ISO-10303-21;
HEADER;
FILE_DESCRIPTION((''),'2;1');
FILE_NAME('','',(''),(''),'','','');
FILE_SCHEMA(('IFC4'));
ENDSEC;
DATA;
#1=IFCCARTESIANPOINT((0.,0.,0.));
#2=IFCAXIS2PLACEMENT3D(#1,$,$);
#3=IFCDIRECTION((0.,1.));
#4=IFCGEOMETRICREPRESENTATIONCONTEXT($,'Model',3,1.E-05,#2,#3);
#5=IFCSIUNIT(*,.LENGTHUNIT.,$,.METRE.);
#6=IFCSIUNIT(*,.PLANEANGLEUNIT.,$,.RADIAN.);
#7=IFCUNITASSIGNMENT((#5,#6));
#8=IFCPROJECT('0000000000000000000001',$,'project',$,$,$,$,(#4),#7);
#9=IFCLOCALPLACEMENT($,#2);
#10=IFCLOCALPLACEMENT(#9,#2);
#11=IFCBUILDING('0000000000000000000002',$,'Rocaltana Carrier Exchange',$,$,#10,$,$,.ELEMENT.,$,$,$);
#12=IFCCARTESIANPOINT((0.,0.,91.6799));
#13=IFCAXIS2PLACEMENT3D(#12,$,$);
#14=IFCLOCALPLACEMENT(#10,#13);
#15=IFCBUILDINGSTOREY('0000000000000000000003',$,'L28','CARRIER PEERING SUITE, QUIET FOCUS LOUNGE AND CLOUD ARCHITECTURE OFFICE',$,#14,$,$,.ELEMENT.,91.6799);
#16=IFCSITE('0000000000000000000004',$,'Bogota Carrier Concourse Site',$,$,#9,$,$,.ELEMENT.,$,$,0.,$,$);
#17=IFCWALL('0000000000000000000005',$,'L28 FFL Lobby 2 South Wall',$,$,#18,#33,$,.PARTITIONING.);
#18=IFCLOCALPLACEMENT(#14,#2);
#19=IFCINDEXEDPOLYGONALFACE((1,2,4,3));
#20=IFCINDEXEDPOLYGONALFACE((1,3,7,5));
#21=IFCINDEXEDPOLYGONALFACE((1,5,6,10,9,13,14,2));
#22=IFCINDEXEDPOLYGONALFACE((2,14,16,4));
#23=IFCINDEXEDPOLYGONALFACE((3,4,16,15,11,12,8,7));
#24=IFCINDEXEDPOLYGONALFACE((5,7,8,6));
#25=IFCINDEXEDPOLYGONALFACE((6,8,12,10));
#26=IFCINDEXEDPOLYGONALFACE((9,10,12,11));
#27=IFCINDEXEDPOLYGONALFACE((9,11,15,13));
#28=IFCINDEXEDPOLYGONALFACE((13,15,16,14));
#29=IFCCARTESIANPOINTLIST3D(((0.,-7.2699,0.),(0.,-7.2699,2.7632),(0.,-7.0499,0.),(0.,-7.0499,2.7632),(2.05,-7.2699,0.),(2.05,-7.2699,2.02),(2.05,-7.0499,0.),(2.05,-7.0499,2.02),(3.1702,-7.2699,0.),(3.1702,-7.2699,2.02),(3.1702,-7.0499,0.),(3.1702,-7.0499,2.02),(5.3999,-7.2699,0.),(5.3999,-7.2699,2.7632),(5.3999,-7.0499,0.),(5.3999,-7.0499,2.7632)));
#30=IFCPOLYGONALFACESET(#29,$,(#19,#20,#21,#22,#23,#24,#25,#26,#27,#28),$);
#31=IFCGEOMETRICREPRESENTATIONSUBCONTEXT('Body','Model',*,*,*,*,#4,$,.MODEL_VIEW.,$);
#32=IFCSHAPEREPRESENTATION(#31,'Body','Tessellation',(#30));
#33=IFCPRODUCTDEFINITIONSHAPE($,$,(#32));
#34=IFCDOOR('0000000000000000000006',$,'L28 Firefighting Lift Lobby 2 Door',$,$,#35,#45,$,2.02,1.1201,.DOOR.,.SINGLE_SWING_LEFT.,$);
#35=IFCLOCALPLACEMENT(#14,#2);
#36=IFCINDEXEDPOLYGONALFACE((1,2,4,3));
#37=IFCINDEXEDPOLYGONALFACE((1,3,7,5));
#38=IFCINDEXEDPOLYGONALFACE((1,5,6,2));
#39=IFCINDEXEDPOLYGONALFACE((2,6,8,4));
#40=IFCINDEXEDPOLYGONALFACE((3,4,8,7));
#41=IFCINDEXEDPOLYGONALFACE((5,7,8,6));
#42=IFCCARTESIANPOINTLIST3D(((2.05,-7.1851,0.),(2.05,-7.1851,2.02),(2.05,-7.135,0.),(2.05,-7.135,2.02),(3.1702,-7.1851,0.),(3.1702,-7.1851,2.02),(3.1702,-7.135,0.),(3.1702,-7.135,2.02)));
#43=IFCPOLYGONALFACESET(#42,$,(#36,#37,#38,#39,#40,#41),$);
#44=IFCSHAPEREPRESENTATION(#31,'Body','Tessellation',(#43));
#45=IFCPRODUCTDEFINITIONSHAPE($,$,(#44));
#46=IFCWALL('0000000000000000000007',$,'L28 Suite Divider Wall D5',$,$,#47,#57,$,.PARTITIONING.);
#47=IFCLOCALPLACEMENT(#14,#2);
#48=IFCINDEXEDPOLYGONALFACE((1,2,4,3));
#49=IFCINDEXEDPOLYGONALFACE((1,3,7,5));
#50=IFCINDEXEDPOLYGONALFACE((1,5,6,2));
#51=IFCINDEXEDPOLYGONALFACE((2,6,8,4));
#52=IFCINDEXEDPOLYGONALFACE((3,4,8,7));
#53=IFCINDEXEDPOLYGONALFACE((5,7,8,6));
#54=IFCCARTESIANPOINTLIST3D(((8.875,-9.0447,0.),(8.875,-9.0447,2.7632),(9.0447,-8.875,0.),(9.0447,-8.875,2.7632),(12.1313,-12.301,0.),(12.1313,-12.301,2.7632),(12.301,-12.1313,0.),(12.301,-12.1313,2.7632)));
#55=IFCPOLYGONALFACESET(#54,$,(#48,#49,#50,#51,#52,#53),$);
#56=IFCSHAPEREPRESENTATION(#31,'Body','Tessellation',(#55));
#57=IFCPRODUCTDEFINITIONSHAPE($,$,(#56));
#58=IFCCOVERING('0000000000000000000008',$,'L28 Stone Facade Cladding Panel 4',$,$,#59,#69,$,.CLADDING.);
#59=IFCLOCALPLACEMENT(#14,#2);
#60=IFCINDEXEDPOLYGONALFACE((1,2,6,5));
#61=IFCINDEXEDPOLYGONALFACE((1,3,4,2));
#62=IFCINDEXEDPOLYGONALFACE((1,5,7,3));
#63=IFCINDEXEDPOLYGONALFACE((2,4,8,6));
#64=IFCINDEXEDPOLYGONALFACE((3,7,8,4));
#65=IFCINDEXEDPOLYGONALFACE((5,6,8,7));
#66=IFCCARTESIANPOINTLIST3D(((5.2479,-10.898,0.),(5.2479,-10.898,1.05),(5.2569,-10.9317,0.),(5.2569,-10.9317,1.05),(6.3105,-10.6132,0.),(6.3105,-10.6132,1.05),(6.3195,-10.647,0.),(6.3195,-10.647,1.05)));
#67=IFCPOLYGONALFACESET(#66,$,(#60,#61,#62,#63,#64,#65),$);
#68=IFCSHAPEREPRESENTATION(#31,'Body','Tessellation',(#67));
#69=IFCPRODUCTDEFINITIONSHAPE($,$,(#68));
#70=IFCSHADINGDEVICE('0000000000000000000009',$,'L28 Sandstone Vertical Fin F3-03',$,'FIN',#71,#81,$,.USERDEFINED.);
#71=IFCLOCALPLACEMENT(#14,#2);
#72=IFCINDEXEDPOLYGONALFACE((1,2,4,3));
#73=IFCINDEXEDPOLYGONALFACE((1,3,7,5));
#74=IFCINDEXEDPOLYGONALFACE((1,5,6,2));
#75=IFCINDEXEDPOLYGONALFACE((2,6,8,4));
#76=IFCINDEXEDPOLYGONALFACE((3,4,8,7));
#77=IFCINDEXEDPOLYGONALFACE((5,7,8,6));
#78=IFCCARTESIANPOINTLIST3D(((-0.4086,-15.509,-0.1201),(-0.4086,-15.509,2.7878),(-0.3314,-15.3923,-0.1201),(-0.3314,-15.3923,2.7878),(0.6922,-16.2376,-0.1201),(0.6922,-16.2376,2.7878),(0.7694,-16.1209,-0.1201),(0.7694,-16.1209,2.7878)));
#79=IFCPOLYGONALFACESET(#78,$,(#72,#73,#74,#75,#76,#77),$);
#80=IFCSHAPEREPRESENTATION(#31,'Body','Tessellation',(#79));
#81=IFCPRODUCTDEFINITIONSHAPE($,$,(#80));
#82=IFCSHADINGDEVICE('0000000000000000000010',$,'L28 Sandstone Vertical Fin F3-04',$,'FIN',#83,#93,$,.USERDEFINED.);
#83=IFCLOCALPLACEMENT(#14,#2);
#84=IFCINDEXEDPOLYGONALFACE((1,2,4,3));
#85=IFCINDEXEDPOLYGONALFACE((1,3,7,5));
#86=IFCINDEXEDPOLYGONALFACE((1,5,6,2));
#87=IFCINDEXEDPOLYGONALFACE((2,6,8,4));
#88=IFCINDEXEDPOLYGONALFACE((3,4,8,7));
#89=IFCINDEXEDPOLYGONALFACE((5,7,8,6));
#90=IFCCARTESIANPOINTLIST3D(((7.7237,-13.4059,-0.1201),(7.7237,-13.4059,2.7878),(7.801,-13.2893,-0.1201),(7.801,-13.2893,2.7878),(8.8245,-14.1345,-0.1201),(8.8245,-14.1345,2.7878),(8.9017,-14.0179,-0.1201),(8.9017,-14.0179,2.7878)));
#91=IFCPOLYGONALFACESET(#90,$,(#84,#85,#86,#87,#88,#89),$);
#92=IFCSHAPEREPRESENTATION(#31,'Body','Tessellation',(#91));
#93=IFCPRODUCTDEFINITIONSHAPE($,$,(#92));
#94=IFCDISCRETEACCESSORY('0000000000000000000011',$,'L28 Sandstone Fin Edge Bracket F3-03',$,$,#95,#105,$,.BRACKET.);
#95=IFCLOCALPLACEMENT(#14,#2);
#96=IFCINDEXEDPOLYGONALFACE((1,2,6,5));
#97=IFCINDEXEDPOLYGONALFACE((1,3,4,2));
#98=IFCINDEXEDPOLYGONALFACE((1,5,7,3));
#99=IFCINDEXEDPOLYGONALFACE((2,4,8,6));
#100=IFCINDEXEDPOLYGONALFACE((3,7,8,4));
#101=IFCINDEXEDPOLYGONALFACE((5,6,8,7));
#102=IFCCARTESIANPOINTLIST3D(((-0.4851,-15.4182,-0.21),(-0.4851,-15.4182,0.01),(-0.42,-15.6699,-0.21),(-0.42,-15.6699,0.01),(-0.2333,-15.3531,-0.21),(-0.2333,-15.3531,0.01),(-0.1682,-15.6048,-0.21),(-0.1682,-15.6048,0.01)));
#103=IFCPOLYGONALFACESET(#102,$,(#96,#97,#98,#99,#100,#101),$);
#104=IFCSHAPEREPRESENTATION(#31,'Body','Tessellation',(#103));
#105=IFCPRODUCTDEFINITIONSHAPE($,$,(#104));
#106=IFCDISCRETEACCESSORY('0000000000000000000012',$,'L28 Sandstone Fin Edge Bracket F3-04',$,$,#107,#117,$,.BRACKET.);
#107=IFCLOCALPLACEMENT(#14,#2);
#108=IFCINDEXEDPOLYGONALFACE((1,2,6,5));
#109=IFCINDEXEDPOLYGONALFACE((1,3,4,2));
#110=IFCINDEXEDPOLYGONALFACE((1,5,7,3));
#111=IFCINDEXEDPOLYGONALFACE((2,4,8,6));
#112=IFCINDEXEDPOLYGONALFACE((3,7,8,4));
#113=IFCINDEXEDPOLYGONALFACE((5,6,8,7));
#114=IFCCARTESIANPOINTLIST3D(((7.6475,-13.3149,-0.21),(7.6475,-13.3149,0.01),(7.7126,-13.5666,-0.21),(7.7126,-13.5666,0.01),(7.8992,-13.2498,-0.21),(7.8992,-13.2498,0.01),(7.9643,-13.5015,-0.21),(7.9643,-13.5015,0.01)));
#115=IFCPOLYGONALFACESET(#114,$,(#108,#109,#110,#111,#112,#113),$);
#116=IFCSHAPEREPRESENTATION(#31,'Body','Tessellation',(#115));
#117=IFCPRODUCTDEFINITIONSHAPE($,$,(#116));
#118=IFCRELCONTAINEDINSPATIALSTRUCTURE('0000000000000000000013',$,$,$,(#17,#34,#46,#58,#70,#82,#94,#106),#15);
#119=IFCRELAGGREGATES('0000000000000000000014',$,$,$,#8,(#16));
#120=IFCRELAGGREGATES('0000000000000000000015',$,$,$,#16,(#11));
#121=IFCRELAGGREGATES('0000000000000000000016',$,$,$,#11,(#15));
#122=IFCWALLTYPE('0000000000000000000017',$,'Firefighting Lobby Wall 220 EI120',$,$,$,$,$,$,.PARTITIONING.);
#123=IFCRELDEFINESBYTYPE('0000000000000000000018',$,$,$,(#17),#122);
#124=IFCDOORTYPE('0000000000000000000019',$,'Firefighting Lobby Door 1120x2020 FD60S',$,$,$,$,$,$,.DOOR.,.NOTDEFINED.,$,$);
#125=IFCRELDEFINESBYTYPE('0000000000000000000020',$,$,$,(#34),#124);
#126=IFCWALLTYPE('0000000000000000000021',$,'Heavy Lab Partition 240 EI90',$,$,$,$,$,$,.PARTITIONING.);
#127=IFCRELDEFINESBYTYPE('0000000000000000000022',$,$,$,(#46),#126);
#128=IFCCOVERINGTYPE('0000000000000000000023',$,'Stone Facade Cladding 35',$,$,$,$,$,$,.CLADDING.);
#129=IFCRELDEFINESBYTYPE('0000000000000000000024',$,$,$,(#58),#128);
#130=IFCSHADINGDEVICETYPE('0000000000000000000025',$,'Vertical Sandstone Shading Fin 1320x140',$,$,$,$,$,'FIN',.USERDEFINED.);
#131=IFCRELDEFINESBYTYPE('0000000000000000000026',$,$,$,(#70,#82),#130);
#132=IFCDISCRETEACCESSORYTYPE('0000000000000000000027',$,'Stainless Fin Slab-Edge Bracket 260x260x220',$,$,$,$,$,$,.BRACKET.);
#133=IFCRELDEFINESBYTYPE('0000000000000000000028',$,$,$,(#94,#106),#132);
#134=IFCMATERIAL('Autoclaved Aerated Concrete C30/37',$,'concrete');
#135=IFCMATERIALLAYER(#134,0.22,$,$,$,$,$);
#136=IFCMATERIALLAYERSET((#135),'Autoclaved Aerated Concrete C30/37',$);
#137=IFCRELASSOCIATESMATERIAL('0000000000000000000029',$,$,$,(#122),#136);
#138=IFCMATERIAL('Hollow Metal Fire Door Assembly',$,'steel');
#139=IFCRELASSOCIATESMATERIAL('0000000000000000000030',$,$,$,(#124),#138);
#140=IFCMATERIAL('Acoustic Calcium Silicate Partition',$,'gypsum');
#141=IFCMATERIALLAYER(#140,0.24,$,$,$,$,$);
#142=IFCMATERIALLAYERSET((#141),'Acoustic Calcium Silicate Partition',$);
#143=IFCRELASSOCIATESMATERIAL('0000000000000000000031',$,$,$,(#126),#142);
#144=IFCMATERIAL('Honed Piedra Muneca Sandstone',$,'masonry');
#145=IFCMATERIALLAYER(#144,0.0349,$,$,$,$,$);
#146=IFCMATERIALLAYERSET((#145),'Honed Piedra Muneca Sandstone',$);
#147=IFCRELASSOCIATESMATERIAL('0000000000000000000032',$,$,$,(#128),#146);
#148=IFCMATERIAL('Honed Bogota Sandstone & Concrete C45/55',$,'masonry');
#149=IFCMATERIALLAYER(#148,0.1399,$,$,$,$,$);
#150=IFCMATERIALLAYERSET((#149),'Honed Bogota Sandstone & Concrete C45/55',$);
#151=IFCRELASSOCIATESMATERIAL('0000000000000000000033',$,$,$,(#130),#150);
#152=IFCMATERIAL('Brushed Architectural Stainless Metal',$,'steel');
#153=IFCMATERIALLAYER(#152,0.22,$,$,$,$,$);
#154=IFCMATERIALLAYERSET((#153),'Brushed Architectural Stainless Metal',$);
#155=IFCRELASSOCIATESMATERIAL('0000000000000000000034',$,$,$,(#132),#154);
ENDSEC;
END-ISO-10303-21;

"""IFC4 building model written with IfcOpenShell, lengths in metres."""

from ifc_helpers import new_model, si_unit, direction, frame, frame_2d, origin, origin_2d, place, context, subcontext, project, spatial, rectangle, extrude, material, layer, layer_set, type_object, element, fill, save


model = new_model("IFC4")

# Units and contexts
model_context = context("Model", 3, precision=1e-05, world=origin(), true_north=direction((0.0, 1.0)))
body_context = subcontext(model_context, "Body", "Model", "MODEL_VIEW")
ifc_project = project(units=[si_unit("LENGTHUNIT", "METRE"), si_unit("PLANEANGLEUNIT", "RADIAN")], contexts=[model_context])

# Site, building, storey
site_placement = place(None, origin())
site = spatial("IfcSite", under=ifc_project, at=site_placement, Name="Bogota Carrier Concourse Site", CompositionType="ELEMENT", RefElevation=0.0)
building_placement = place(site_placement, origin())
building = spatial("IfcBuilding", under=site, at=building_placement, Name="Rocaltana Carrier Exchange", CompositionType="ELEMENT")
storey_placement = place(building_placement, frame((0.0, 0.0, 91.6799)))
storey = spatial("IfcBuildingStorey", under=building, at=storey_placement, Name="L28", Description="CARRIER PEERING SUITE, QUIET FOCUS LOUNGE AND CLOUD ARCHITECTURE OFFICE", CompositionType="ELEMENT", Elevation=91.6799)

# Shared definitions
ifc_material_1 = material(Name="Autoclaved Aerated Concrete C30/37", Category="concrete")
ifc_layer_1 = layer(ifc_material_1, 0.22)
ifc_layer_set_1 = layer_set([ifc_layer_1], Name="Autoclaved Aerated Concrete C30/37")
wall_type_1 = type_object("IfcWallType", Name="Firefighting Lobby Wall 220 EI120", PredefinedType="PARTITIONING", material=ifc_layer_set_1)

# Wall, opening, door
wall_1_placement = place(storey_placement, frame((0.0, -7.1599, 0.0), z_axis=(0.0, 0.0, 1.0), x_axis=(1.0, 0.0, 0.0)))
wall_1 = element("IfcWall", 1, at=wall_1_placement, inside=storey, type_object=wall_type_1, Name="L28 FFL Lobby 2 South Wall", PredefinedType="PARTITIONING", context=body_context, shape_type="SweptSolid", body=[
    extrude(rectangle(XDim=5.3999, YDim=0.22, at=frame_2d((2.7, 0.0))), origin(), (0.0, 0.0, 1.0), 2.7632),
])
opening_1_placement = place(wall_1_placement, frame((2.05, 0.0, 0.0)))
opening_1 = element("IfcOpeningElement", 2, at=opening_1_placement, cuts=wall_1, PredefinedType="OPENING", context=body_context, shape_type="SweptSolid", body=[
    extrude(rectangle(XDim=1.1201, YDim=2.02, at=frame_2d((0.5601, 1.01))), frame((0.0, 0.1199, 0.0), z_axis=(0.0, -1.0, 0.0), x_axis=(1.0, 0.0, 0.0)), (0.0, 0.0, 1.0), 0.24),
])
ifc_material_2 = material(Name="Hollow Metal Fire Door Assembly", Category="steel")
door_type_1 = type_object("IfcDoorType", Name="Firefighting Lobby Door 1120x2020 FD60S", OperationType="NOTDEFINED", PredefinedType="DOOR", material=ifc_material_2)
door_1_placement = place(opening_1_placement, origin())
door_1 = element("IfcDoor", 3, at=door_1_placement, inside=storey, type_object=door_type_1, Name="L28 Firefighting Lift Lobby 2 Door", OperationType="SINGLE_SWING_LEFT", OverallHeight=2.02, OverallWidth=1.1201, PredefinedType="DOOR", context=body_context, shape_type="SweptSolid", body=[
    extrude(rectangle(XDim=1.1201, YDim=2.02, at=frame_2d((0.5601, 1.01))), frame((0.0, 0.0249, 0.0), z_axis=(0.0, -1.0, 0.0), x_axis=(1.0, 0.0, 0.0)), (0.0, 0.0, 1.0), 0.05),
])
fill(opening_1, door_1)

# Wall
ifc_material_3 = material(Name="Acoustic Calcium Silicate Partition", Category="gypsum")
ifc_layer_2 = layer(ifc_material_3, 0.24)
ifc_layer_set_2 = layer_set([ifc_layer_2], Name="Acoustic Calcium Silicate Partition")
wall_type_2 = type_object("IfcWallType", Name="Heavy Lab Partition 240 EI90", PredefinedType="PARTITIONING", material=ifc_layer_set_2)
wall_2_placement = place(storey_placement, frame((8.9597, -8.9597, 0.0), z_axis=(0.0, 0.0, 1.0), x_axis=(0.707107, -0.707107, 0.0)))
element("IfcWall", 4, at=wall_2_placement, inside=storey, type_object=wall_type_2, Name="L28 Suite Divider Wall D5", PredefinedType="PARTITIONING", context=body_context, shape_type="SweptSolid", body=[
    extrude(rectangle(XDim=4.6052, YDim=0.24, at=frame_2d((2.3027, 0.0))), origin(), (0.0, 0.0, 1.0), 2.7632),
])

# Covering
ifc_material_4 = material(Name="Honed Piedra Muneca Sandstone", Category="masonry")
ifc_layer_3 = layer(ifc_material_4, 0.0349)
ifc_layer_set_3 = layer_set([ifc_layer_3], Name="Honed Piedra Muneca Sandstone")
covering_type = type_object("IfcCoveringType", Name="Stone Facade Cladding 35", PredefinedType="CLADDING", material=ifc_layer_set_3)
covering_placement = place(storey_placement, frame((5.7837, -10.7725, 0.0), z_axis=(0.0, 0.0, 1.0), x_axis=(0.965926, 0.258819, 0.0)))
element("IfcCovering", 5, at=covering_placement, inside=storey, type_object=covering_type, Name="L28 Stone Facade Cladding Panel 4", PredefinedType="CLADDING", context=body_context, shape_type="SweptSolid", body=[
    extrude(rectangle(XDim=1.1001, YDim=0.0349, at=origin_2d()), origin(), (0.0, 0.0, 1.0), 1.05),
])

# Shading devices
ifc_material_5 = material(Name="Honed Bogota Sandstone & Concrete C45/55", Category="masonry")
ifc_layer_4 = layer(ifc_material_5, 0.1399)
ifc_layer_set_4 = layer_set([ifc_layer_4], Name="Honed Bogota Sandstone & Concrete C45/55")
shading_device_type = type_object("IfcShadingDeviceType", Name="Vertical Sandstone Shading Fin 1320x140", ElementType="FIN", PredefinedType="USERDEFINED", material=ifc_layer_set_4)
for number, where, z_axis, x_axis, name in (
    (6, (0.1804, -15.8149, -0.1201), (0.0, 0.0, 1.0), (0.833886, -0.551937, 0.0), "L28 Sandstone Vertical Fin F3-03"),
    (7, (8.3127, -13.7119, -0.1201), (0.0, 0.0, 1.0), (0.833886, -0.551937, 0.0), "L28 Sandstone Vertical Fin F3-04"),
):
    element("IfcShadingDevice", number, at=place(storey_placement, frame(where, z_axis=z_axis, x_axis=x_axis)), inside=storey, type_object=shading_device_type, Name=name, ObjectType="FIN", PredefinedType="USERDEFINED", context=body_context, shape_type="SweptSolid", body=[
        extrude(rectangle(XDim=1.3201, YDim=0.1399, at=origin_2d()), origin(), (0.0, 0.0, 1.0), 2.908),
    ])

# Discrete accessories
ifc_material_6 = material(Name="Brushed Architectural Stainless Metal", Category="steel")
ifc_layer_5 = layer(ifc_material_6, 0.22)
ifc_layer_set_5 = layer_set([ifc_layer_5], Name="Brushed Architectural Stainless Metal")
discrete_accessory_type = type_object("IfcDiscreteAccessoryType", Name="Stainless Fin Slab-Edge Bracket 260x260x220", PredefinedType="BRACKET", material=ifc_layer_set_5)
for number, where, z_axis, x_axis, name in (
    (8, (-0.3267, -15.5115, -0.21), (0.0, 0.0, 1.0), (0.968148, 0.25038, 0.0), "L28 Sandstone Fin Edge Bracket F3-03"),
    (9, (7.8059, -13.4082, -0.21), (0.0, 0.0, 1.0), (0.968148, 0.25038, 0.0), "L28 Sandstone Fin Edge Bracket F3-04"),
):
    element("IfcDiscreteAccessory", number, at=place(storey_placement, frame(where, z_axis=z_axis, x_axis=x_axis)), inside=storey, type_object=discrete_accessory_type, Name=name, PredefinedType="BRACKET", context=body_context, shape_type="SweptSolid", body=[
        extrude(rectangle(XDim=0.26, YDim=0.26, at=origin_2d()), origin(), (0.0, 0.0, 1.0), 0.22),
    ])

save(model, "model.ifc")
